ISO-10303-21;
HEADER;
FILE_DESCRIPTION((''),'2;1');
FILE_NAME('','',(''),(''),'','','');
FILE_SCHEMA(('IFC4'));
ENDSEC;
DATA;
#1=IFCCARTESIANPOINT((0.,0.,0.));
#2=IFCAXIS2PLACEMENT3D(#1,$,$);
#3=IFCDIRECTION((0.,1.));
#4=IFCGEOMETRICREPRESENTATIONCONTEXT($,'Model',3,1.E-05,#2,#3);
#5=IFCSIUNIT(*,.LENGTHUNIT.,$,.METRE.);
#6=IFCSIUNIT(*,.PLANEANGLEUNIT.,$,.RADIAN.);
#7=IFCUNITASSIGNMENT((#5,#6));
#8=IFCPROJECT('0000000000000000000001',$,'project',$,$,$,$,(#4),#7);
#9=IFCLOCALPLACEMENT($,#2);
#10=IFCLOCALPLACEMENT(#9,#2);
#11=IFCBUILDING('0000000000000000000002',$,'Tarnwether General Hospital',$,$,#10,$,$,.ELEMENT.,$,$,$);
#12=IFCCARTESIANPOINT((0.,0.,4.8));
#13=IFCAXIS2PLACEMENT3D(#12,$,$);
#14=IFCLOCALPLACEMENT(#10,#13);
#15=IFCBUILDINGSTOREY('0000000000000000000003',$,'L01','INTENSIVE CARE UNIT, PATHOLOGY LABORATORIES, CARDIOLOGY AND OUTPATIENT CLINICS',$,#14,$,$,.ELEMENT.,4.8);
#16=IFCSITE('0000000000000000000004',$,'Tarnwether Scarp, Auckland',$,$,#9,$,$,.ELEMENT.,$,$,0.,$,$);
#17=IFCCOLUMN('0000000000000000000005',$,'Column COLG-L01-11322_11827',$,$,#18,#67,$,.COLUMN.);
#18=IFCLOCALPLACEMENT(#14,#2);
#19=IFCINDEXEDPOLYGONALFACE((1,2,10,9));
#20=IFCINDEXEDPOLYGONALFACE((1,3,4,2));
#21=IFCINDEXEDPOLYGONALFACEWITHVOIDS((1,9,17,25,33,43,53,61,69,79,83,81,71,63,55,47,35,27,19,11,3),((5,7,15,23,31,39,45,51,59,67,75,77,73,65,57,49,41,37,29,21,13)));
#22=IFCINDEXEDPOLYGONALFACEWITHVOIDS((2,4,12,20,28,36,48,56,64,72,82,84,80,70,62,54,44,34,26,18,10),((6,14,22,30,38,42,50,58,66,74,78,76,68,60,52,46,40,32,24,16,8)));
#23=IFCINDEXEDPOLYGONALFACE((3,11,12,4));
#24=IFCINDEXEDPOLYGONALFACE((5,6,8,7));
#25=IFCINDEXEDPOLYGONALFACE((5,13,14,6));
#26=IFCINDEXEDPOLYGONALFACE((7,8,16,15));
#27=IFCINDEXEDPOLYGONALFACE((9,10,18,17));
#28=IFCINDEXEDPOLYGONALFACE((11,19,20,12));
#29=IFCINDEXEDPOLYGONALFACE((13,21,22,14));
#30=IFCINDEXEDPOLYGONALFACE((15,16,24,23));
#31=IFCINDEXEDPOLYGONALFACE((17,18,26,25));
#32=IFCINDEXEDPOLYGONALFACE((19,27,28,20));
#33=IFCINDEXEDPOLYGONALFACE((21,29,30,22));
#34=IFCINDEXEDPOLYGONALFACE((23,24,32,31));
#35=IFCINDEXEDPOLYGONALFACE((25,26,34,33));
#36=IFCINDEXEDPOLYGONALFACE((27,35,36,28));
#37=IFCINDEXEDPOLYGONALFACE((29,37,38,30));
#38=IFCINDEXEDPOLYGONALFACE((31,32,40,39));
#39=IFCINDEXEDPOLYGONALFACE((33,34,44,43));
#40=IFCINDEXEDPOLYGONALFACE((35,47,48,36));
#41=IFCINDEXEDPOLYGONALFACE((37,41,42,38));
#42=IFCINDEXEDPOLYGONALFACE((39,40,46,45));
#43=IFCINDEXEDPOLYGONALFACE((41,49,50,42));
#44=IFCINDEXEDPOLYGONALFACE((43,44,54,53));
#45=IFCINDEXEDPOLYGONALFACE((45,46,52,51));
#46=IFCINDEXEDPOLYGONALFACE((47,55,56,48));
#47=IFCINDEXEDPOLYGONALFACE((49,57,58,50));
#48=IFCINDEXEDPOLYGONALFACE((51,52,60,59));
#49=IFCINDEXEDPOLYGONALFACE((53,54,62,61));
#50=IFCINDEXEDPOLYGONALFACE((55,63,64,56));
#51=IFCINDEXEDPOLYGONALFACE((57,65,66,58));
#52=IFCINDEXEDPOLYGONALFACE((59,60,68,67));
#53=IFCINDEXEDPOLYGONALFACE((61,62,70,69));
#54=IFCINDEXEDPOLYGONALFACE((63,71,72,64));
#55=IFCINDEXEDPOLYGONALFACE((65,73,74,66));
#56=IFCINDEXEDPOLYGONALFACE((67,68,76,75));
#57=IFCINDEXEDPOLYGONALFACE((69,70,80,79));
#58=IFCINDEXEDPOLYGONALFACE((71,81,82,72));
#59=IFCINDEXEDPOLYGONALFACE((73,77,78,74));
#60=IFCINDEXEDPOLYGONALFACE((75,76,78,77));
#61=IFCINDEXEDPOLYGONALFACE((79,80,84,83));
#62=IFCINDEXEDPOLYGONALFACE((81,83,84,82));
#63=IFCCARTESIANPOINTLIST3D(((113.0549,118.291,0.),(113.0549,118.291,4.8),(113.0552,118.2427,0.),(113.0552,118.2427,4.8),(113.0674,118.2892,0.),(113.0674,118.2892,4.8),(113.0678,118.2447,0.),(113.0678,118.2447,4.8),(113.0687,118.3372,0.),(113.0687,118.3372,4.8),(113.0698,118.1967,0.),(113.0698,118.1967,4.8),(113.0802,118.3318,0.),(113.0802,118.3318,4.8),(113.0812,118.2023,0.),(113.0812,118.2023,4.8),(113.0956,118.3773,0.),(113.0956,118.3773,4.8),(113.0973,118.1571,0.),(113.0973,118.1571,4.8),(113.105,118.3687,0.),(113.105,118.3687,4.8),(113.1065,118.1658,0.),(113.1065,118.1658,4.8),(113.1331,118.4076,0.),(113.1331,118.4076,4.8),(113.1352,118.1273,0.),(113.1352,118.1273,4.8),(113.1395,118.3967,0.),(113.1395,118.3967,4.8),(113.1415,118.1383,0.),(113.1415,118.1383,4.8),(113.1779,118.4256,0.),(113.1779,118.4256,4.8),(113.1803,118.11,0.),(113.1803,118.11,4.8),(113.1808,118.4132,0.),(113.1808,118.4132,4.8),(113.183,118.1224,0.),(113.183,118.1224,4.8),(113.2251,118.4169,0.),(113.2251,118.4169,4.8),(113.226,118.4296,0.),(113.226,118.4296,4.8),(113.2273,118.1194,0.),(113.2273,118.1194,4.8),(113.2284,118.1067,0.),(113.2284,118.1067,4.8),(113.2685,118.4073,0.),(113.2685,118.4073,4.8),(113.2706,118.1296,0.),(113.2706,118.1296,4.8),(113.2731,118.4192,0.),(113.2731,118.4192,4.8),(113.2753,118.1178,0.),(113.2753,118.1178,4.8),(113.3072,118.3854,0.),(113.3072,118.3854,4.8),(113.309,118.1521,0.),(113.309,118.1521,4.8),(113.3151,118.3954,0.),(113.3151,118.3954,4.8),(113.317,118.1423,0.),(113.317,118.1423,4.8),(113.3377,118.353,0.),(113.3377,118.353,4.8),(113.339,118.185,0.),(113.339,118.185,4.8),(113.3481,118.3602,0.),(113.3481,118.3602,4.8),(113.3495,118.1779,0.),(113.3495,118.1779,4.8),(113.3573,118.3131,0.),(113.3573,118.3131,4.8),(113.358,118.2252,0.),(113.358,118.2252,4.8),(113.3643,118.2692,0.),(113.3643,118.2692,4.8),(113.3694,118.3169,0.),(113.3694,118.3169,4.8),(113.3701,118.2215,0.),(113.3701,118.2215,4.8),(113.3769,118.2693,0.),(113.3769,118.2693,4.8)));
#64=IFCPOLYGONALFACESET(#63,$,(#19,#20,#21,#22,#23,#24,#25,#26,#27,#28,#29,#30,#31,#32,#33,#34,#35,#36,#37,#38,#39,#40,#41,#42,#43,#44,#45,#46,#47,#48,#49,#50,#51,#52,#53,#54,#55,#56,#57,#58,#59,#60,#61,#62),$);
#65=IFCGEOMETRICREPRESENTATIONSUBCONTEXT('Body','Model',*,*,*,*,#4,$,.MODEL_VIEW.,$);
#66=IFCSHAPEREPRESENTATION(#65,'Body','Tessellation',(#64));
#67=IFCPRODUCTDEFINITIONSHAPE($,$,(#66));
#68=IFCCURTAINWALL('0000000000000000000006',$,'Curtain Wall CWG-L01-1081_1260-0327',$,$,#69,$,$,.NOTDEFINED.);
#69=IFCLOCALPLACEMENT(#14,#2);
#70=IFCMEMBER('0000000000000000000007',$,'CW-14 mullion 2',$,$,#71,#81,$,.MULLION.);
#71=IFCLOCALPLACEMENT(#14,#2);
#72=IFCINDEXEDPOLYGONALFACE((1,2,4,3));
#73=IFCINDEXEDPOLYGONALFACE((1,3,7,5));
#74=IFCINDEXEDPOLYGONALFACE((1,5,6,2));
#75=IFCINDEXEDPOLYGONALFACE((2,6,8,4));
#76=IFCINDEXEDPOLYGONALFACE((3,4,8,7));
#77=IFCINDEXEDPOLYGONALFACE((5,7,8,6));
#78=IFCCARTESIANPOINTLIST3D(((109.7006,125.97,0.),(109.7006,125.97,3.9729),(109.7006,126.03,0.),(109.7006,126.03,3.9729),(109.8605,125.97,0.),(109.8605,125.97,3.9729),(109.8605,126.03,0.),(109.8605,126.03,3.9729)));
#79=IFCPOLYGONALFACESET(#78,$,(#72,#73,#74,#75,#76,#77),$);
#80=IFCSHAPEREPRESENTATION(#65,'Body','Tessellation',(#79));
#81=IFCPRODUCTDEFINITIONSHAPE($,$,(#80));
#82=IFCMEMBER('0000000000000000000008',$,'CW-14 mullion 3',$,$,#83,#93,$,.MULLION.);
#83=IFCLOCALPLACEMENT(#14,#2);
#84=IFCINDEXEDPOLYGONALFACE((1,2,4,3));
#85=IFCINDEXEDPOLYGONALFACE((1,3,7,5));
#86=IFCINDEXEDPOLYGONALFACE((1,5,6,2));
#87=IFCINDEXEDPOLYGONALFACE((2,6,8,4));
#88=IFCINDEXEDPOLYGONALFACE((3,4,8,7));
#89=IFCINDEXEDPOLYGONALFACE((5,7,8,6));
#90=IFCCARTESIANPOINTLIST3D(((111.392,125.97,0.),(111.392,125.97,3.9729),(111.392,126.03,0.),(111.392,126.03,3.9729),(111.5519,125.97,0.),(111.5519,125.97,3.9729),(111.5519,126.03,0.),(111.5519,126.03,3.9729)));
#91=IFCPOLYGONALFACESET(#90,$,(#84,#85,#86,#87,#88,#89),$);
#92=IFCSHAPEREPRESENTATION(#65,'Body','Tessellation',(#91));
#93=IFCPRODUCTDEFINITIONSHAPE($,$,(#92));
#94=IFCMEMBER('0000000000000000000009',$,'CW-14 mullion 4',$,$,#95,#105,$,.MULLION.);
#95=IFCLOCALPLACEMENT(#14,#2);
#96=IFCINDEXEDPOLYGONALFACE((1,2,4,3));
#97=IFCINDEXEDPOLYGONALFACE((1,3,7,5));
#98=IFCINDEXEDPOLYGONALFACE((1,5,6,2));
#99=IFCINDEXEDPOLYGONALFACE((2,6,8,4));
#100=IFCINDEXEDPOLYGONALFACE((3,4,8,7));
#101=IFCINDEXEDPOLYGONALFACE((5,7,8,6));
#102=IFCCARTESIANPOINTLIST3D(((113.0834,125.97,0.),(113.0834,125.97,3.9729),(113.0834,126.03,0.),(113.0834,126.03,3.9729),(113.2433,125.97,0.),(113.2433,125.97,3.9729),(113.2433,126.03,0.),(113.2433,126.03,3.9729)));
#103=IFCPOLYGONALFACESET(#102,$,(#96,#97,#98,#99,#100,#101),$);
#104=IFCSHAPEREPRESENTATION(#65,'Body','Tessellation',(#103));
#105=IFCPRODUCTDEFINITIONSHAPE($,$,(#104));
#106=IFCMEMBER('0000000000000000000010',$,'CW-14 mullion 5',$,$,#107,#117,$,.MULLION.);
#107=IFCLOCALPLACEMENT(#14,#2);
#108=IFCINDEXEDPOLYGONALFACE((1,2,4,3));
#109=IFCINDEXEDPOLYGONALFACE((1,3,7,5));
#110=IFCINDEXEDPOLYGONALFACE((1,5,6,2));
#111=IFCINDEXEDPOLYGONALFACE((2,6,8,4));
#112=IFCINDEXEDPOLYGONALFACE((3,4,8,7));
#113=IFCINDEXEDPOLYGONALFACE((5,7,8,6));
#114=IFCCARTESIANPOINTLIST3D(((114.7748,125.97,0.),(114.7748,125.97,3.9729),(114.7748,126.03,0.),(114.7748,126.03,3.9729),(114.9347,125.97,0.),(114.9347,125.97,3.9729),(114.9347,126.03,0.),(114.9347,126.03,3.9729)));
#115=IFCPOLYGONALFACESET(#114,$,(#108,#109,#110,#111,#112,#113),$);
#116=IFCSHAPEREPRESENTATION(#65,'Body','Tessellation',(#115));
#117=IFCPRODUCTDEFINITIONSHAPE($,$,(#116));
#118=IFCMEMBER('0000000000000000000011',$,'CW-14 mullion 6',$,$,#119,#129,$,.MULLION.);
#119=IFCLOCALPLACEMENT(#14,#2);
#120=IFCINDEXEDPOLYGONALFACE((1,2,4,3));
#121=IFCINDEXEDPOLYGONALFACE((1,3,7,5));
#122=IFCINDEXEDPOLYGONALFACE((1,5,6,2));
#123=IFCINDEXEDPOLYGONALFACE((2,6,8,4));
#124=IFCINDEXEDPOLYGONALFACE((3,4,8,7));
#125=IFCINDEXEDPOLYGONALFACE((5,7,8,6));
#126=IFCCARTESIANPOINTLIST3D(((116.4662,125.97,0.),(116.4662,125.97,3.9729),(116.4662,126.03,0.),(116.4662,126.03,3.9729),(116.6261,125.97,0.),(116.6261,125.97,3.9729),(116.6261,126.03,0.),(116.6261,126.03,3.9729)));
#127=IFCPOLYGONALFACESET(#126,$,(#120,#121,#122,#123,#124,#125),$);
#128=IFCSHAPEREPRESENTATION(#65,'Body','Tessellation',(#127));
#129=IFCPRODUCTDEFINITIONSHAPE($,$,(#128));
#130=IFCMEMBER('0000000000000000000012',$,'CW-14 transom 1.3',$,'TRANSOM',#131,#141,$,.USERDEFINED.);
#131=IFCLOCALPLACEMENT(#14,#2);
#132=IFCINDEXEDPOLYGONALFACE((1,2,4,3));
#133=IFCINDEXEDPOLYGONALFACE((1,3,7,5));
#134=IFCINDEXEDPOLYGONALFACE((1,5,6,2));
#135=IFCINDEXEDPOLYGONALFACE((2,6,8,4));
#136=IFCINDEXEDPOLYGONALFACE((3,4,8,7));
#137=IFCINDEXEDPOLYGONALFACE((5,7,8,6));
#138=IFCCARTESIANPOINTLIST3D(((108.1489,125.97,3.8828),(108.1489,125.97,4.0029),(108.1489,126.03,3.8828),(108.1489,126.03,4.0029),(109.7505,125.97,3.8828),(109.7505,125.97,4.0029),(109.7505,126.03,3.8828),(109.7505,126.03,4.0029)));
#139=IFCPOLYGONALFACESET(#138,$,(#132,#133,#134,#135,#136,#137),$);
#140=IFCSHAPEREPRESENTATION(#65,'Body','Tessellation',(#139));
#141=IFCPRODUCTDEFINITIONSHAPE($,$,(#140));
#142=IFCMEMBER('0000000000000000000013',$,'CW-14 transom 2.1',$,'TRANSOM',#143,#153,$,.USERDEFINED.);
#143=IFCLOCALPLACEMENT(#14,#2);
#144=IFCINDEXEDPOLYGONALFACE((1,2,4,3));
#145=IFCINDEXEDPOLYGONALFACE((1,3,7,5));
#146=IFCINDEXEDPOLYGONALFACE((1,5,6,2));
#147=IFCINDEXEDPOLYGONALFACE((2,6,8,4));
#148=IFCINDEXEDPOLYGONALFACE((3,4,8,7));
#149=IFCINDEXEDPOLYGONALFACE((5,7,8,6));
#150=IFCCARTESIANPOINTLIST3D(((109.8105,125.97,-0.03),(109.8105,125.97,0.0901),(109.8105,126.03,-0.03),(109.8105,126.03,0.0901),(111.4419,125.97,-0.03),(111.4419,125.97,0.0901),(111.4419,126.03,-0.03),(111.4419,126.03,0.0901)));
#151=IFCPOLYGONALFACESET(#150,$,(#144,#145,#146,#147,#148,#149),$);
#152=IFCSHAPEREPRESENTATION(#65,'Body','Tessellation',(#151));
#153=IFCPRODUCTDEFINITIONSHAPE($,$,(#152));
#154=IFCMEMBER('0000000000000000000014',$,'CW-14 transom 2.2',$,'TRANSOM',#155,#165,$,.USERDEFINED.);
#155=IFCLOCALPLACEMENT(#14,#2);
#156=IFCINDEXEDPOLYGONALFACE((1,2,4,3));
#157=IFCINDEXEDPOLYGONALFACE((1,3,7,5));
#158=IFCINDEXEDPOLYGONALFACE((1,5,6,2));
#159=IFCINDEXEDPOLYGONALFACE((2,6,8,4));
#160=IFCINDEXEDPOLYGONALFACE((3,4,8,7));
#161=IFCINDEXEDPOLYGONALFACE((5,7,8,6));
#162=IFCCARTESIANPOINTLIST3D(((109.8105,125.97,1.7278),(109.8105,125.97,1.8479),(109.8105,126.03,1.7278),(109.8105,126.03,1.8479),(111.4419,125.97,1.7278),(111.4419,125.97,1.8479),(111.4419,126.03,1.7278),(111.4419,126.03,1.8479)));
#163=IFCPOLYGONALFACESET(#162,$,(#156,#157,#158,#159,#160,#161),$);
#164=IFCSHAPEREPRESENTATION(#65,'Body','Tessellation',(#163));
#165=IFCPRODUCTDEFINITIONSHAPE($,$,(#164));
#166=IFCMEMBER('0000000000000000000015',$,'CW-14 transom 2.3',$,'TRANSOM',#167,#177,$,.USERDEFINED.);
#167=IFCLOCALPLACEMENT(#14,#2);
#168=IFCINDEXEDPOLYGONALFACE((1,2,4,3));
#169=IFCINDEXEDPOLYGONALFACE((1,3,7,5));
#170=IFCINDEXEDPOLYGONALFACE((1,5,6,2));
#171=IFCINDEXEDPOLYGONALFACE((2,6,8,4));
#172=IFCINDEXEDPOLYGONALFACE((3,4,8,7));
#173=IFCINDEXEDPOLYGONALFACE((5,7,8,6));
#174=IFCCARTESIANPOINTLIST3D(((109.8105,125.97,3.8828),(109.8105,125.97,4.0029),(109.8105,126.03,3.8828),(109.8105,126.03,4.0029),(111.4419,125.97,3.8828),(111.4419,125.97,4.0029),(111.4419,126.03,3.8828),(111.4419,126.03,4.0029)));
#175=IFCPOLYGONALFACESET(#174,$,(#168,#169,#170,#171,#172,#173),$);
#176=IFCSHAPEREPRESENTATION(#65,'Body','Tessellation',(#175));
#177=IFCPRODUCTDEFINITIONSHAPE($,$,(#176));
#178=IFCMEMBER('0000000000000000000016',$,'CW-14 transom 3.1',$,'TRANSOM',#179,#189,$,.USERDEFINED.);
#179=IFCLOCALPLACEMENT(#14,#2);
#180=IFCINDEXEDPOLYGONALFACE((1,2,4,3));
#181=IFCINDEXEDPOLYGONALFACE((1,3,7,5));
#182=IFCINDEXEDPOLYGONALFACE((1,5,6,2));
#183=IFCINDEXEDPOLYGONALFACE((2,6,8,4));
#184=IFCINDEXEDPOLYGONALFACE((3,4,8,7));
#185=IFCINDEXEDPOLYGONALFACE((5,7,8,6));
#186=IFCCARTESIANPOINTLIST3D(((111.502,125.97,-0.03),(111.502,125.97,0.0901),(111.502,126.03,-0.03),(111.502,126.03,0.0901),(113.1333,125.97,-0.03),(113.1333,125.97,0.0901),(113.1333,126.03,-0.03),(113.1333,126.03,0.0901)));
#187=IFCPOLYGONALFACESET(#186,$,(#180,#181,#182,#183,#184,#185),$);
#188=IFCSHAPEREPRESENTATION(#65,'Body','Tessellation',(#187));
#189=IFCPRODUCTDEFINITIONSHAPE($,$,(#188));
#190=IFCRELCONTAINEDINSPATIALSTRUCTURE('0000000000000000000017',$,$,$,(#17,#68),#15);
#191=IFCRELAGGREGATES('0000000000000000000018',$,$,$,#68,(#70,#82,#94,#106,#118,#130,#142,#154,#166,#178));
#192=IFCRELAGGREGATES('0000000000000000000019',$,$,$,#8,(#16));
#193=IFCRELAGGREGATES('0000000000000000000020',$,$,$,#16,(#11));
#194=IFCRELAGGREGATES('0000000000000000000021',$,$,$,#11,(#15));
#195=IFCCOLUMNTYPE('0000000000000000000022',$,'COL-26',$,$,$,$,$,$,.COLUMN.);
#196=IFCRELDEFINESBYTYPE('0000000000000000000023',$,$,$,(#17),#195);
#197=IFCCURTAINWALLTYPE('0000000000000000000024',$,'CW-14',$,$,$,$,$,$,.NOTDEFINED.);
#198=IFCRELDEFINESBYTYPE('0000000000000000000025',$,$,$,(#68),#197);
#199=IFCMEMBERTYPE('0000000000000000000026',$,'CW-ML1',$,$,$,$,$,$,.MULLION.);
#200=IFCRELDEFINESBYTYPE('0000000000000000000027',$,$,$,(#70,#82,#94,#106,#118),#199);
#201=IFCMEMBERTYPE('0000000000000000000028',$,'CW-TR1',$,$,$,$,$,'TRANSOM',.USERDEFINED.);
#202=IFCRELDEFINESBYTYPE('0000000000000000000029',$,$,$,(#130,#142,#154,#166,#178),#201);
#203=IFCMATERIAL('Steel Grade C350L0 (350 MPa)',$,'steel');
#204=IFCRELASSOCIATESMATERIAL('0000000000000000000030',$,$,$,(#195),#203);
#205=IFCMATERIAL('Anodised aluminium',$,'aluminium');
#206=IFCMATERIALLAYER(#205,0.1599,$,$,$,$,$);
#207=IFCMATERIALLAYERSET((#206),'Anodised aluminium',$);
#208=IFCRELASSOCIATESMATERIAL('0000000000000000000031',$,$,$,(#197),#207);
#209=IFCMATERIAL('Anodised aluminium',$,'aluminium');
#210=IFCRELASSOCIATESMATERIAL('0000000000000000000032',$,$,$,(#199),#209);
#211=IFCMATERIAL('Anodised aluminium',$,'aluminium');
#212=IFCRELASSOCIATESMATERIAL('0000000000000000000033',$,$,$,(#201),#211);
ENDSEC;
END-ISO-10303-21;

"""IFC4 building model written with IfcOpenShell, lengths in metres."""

from ifc_helpers import new_model, si_unit, direction, frame, origin, origin_2d, place, context, subcontext, project, spatial, rectangle, hollow_circle, extrude, material, layer, layer_set, material_profile, profile_set, type_object, element, aggregate, save


model = new_model("IFC4")

# Units and contexts
model_context = context("Model", 3, precision=1e-05, world=origin(), true_north=direction((0.0, 1.0)))
body_context = subcontext(model_context, "Body", "Model", "MODEL_VIEW")
ifc_project = project(units=[si_unit("LENGTHUNIT", "METRE"), si_unit("PLANEANGLEUNIT", "RADIAN")], contexts=[model_context])

# Site, building, storey
site_placement = place(None, origin())
site = spatial("IfcSite", under=ifc_project, at=site_placement, Name="Tarnwether Scarp, Auckland", CompositionType="ELEMENT", RefElevation=0.0)
building_placement = place(site_placement, origin())
building = spatial("IfcBuilding", under=site, at=building_placement, Name="Tarnwether General Hospital", CompositionType="ELEMENT")
storey_placement = place(building_placement, frame((0.0, 0.0, 4.8)))
storey = spatial("IfcBuildingStorey", under=building, at=storey_placement, Name="L01", Description="INTENSIVE CARE UNIT, PATHOLOGY LABORATORIES, CARDIOLOGY AND OUTPATIENT CLINICS", CompositionType="ELEMENT", Elevation=4.8)

# Column
ifc_material_1 = material(Name="Steel Grade C350L0 (350 MPa)", Category="steel")
ifc_material_profile_1 = material_profile(ifc_material_1, hollow_circle(Radius=0.1619, WallThickness=0.0127, at=origin_2d()), Name="CHS323.9x12.7")
ifc_profile_set_1 = profile_set([ifc_material_profile_1], Name="Steel Grade C350L0 (350 MPa)")
column_type = type_object("IfcColumnType", Name="COL-26", PredefinedType="COLUMN", material=ifc_profile_set_1)
column_placement = place(storey_placement, frame((113.2151, 118.2681, 0.0), z_axis=(0.0, 0.0, 1.0), x_axis=(0.358368, 0.93358, 0.0)))
element("IfcColumn", 1, at=column_placement, inside=storey, type_object=column_type, Name="Column COLG-L01-11322_11827", PredefinedType="COLUMN", context=body_context, shape_type="SweptSolid", body=[
    extrude(hollow_circle(Radius=0.1619, WallThickness=0.0127, at=origin_2d()), origin(), (0.0, 0.0, 1.0), 4.8),
])

# Curtain wall, members
ifc_material_2 = material(Name="Anodised aluminium", Category="aluminium")
ifc_layer_1 = layer(ifc_material_2, 0.1599)
ifc_layer_set_1 = layer_set([ifc_layer_1], Name="Anodised aluminium")
curtain_wall_type = type_object("IfcCurtainWallType", Name="CW-14", PredefinedType="NOTDEFINED", material=ifc_layer_set_1)
curtain_wall_placement = place(storey_placement, origin())
curtain_wall = element("IfcCurtainWall", 2, at=curtain_wall_placement, inside=storey, type_object=curtain_wall_type, Name="Curtain Wall CWG-L01-1081_1260-0327", PredefinedType="NOTDEFINED")
ifc_material_3 = material(Name="Anodised aluminium", Category="aluminium")
ifc_material_profile_2 = material_profile(ifc_material_3, rectangle(XDim=0.0601, YDim=0.1599, at=origin_2d()), Name="ALU-MUL-60x160")
ifc_profile_set_2 = profile_set([ifc_material_profile_2], Name="Anodised aluminium")
member_type_1 = type_object("IfcMemberType", Name="CW-ML1", PredefinedType="MULLION", material=ifc_profile_set_2)
member_1_placement = place(storey_placement, frame((109.7805, 126.0, 0.0), z_axis=(0.0, 0.0, 1.0), x_axis=(0.0, 1.0, 0.0)))
member_1 = element("IfcMember", 3, at=member_1_placement, type_object=member_type_1, Name="CW-14 mullion 2", PredefinedType="MULLION", context=body_context, shape_type="SweptSolid", body=[
    extrude(rectangle(XDim=0.0601, YDim=0.1599, at=origin_2d()), origin(), (0.0, 0.0, 1.0), 3.9729),
])
member_2_placement = place(storey_placement, frame((111.4719, 126.0, 0.0), z_axis=(0.0, 0.0, 1.0), x_axis=(0.0, 1.0, 0.0)))
member_2 = element("IfcMember", 4, at=member_2_placement, type_object=member_type_1, Name="CW-14 mullion 3", PredefinedType="MULLION", context=body_context, shape_type="SweptSolid", body=[
    extrude(rectangle(XDim=0.0601, YDim=0.1599, at=origin_2d()), origin(), (0.0, 0.0, 1.0), 3.9729),
])
member_3_placement = place(storey_placement, frame((113.1633, 126.0, 0.0), z_axis=(0.0, 0.0, 1.0), x_axis=(0.0, 1.0, 0.0)))
member_3 = element("IfcMember", 5, at=member_3_placement, type_object=member_type_1, Name="CW-14 mullion 4", PredefinedType="MULLION", context=body_context, shape_type="SweptSolid", body=[
    extrude(rectangle(XDim=0.0601, YDim=0.1599, at=origin_2d()), origin(), (0.0, 0.0, 1.0), 3.9729),
])
member_4_placement = place(storey_placement, frame((114.8547, 126.0, 0.0), z_axis=(0.0, 0.0, 1.0), x_axis=(0.0, 1.0, 0.0)))
member_4 = element("IfcMember", 6, at=member_4_placement, type_object=member_type_1, Name="CW-14 mullion 5", PredefinedType="MULLION", context=body_context, shape_type="SweptSolid", body=[
    extrude(rectangle(XDim=0.0601, YDim=0.1599, at=origin_2d()), origin(), (0.0, 0.0, 1.0), 3.9729),
])
member_5_placement = place(storey_placement, frame((116.5461, 126.0, 0.0), z_axis=(0.0, 0.0, 1.0), x_axis=(0.0, 1.0, 0.0)))
member_5 = element("IfcMember", 7, at=member_5_placement, type_object=member_type_1, Name="CW-14 mullion 6", PredefinedType="MULLION", context=body_context, shape_type="SweptSolid", body=[
    extrude(rectangle(XDim=0.0601, YDim=0.1599, at=origin_2d()), origin(), (0.0, 0.0, 1.0), 3.9729),
])
ifc_material_4 = material(Name="Anodised aluminium", Category="aluminium")
ifc_material_profile_3 = material_profile(ifc_material_4, rectangle(XDim=0.0601, YDim=0.1201, at=origin_2d()), Name="ALU-TRN-60x120")
ifc_profile_set_3 = profile_set([ifc_material_profile_3], Name="Anodised aluminium")
member_type_2 = type_object("IfcMemberType", Name="CW-TR1", ElementType="TRANSOM", PredefinedType="USERDEFINED", material=ifc_profile_set_3)
member_6_placement = place(storey_placement, frame((108.1489, 126.0, 3.9429), z_axis=(1.0, 0.0, 0.0), x_axis=(0.0, 1.0, 0.0)))
member_6 = element("IfcMember", 8, at=member_6_placement, type_object=member_type_2, Name="CW-14 transom 1.3", ObjectType="TRANSOM", PredefinedType="USERDEFINED", context=body_context, shape_type="SweptSolid", body=[
    extrude(rectangle(XDim=0.0601, YDim=0.1201, at=origin_2d()), origin(), (0.0, 0.0, 1.0), 1.6016),
])
member_7_placement = place(storey_placement, frame((109.8105, 126.0, 0.03), z_axis=(1.0, 0.0, 0.0), x_axis=(0.0, 1.0, 0.0)))
member_7 = element("IfcMember", 9, at=member_7_placement, type_object=member_type_2, Name="CW-14 transom 2.1", ObjectType="TRANSOM", PredefinedType="USERDEFINED", context=body_context, shape_type="SweptSolid", body=[
    extrude(rectangle(XDim=0.0601, YDim=0.1201, at=origin_2d()), origin(), (0.0, 0.0, 1.0), 1.6313),
])
member_8_placement = place(storey_placement, frame((109.8105, 126.0, 1.7878), z_axis=(1.0, 0.0, 0.0), x_axis=(0.0, 1.0, 0.0)))
member_8 = element("IfcMember", 10, at=member_8_placement, type_object=member_type_2, Name="CW-14 transom 2.2", ObjectType="TRANSOM", PredefinedType="USERDEFINED", context=body_context, shape_type="SweptSolid", body=[
    extrude(rectangle(XDim=0.0601, YDim=0.1201, at=origin_2d()), origin(), (0.0, 0.0, 1.0), 1.6313),
])
member_9_placement = place(storey_placement, frame((109.8105, 126.0, 3.9429), z_axis=(1.0, 0.0, 0.0), x_axis=(0.0, 1.0, 0.0)))
member_9 = element("IfcMember", 11, at=member_9_placement, type_object=member_type_2, Name="CW-14 transom 2.3", ObjectType="TRANSOM", PredefinedType="USERDEFINED", context=body_context, shape_type="SweptSolid", body=[
    extrude(rectangle(XDim=0.0601, YDim=0.1201, at=origin_2d()), origin(), (0.0, 0.0, 1.0), 1.6313),
])
member_10_placement = place(storey_placement, frame((111.502, 126.0, 0.03), z_axis=(1.0, 0.0, 0.0), x_axis=(0.0, 1.0, 0.0)))
member_10 = element("IfcMember", 12, at=member_10_placement, type_object=member_type_2, Name="CW-14 transom 3.1", ObjectType="TRANSOM", PredefinedType="USERDEFINED", context=body_context, shape_type="SweptSolid", body=[
    extrude(rectangle(XDim=0.0601, YDim=0.1201, at=origin_2d()), origin(), (0.0, 0.0, 1.0), 1.6313),
])
aggregate(curtain_wall, [member_1, member_2, member_3, member_4, member_5, member_6, member_7, member_8, member_9, member_10])

save(model, "model.ifc")
